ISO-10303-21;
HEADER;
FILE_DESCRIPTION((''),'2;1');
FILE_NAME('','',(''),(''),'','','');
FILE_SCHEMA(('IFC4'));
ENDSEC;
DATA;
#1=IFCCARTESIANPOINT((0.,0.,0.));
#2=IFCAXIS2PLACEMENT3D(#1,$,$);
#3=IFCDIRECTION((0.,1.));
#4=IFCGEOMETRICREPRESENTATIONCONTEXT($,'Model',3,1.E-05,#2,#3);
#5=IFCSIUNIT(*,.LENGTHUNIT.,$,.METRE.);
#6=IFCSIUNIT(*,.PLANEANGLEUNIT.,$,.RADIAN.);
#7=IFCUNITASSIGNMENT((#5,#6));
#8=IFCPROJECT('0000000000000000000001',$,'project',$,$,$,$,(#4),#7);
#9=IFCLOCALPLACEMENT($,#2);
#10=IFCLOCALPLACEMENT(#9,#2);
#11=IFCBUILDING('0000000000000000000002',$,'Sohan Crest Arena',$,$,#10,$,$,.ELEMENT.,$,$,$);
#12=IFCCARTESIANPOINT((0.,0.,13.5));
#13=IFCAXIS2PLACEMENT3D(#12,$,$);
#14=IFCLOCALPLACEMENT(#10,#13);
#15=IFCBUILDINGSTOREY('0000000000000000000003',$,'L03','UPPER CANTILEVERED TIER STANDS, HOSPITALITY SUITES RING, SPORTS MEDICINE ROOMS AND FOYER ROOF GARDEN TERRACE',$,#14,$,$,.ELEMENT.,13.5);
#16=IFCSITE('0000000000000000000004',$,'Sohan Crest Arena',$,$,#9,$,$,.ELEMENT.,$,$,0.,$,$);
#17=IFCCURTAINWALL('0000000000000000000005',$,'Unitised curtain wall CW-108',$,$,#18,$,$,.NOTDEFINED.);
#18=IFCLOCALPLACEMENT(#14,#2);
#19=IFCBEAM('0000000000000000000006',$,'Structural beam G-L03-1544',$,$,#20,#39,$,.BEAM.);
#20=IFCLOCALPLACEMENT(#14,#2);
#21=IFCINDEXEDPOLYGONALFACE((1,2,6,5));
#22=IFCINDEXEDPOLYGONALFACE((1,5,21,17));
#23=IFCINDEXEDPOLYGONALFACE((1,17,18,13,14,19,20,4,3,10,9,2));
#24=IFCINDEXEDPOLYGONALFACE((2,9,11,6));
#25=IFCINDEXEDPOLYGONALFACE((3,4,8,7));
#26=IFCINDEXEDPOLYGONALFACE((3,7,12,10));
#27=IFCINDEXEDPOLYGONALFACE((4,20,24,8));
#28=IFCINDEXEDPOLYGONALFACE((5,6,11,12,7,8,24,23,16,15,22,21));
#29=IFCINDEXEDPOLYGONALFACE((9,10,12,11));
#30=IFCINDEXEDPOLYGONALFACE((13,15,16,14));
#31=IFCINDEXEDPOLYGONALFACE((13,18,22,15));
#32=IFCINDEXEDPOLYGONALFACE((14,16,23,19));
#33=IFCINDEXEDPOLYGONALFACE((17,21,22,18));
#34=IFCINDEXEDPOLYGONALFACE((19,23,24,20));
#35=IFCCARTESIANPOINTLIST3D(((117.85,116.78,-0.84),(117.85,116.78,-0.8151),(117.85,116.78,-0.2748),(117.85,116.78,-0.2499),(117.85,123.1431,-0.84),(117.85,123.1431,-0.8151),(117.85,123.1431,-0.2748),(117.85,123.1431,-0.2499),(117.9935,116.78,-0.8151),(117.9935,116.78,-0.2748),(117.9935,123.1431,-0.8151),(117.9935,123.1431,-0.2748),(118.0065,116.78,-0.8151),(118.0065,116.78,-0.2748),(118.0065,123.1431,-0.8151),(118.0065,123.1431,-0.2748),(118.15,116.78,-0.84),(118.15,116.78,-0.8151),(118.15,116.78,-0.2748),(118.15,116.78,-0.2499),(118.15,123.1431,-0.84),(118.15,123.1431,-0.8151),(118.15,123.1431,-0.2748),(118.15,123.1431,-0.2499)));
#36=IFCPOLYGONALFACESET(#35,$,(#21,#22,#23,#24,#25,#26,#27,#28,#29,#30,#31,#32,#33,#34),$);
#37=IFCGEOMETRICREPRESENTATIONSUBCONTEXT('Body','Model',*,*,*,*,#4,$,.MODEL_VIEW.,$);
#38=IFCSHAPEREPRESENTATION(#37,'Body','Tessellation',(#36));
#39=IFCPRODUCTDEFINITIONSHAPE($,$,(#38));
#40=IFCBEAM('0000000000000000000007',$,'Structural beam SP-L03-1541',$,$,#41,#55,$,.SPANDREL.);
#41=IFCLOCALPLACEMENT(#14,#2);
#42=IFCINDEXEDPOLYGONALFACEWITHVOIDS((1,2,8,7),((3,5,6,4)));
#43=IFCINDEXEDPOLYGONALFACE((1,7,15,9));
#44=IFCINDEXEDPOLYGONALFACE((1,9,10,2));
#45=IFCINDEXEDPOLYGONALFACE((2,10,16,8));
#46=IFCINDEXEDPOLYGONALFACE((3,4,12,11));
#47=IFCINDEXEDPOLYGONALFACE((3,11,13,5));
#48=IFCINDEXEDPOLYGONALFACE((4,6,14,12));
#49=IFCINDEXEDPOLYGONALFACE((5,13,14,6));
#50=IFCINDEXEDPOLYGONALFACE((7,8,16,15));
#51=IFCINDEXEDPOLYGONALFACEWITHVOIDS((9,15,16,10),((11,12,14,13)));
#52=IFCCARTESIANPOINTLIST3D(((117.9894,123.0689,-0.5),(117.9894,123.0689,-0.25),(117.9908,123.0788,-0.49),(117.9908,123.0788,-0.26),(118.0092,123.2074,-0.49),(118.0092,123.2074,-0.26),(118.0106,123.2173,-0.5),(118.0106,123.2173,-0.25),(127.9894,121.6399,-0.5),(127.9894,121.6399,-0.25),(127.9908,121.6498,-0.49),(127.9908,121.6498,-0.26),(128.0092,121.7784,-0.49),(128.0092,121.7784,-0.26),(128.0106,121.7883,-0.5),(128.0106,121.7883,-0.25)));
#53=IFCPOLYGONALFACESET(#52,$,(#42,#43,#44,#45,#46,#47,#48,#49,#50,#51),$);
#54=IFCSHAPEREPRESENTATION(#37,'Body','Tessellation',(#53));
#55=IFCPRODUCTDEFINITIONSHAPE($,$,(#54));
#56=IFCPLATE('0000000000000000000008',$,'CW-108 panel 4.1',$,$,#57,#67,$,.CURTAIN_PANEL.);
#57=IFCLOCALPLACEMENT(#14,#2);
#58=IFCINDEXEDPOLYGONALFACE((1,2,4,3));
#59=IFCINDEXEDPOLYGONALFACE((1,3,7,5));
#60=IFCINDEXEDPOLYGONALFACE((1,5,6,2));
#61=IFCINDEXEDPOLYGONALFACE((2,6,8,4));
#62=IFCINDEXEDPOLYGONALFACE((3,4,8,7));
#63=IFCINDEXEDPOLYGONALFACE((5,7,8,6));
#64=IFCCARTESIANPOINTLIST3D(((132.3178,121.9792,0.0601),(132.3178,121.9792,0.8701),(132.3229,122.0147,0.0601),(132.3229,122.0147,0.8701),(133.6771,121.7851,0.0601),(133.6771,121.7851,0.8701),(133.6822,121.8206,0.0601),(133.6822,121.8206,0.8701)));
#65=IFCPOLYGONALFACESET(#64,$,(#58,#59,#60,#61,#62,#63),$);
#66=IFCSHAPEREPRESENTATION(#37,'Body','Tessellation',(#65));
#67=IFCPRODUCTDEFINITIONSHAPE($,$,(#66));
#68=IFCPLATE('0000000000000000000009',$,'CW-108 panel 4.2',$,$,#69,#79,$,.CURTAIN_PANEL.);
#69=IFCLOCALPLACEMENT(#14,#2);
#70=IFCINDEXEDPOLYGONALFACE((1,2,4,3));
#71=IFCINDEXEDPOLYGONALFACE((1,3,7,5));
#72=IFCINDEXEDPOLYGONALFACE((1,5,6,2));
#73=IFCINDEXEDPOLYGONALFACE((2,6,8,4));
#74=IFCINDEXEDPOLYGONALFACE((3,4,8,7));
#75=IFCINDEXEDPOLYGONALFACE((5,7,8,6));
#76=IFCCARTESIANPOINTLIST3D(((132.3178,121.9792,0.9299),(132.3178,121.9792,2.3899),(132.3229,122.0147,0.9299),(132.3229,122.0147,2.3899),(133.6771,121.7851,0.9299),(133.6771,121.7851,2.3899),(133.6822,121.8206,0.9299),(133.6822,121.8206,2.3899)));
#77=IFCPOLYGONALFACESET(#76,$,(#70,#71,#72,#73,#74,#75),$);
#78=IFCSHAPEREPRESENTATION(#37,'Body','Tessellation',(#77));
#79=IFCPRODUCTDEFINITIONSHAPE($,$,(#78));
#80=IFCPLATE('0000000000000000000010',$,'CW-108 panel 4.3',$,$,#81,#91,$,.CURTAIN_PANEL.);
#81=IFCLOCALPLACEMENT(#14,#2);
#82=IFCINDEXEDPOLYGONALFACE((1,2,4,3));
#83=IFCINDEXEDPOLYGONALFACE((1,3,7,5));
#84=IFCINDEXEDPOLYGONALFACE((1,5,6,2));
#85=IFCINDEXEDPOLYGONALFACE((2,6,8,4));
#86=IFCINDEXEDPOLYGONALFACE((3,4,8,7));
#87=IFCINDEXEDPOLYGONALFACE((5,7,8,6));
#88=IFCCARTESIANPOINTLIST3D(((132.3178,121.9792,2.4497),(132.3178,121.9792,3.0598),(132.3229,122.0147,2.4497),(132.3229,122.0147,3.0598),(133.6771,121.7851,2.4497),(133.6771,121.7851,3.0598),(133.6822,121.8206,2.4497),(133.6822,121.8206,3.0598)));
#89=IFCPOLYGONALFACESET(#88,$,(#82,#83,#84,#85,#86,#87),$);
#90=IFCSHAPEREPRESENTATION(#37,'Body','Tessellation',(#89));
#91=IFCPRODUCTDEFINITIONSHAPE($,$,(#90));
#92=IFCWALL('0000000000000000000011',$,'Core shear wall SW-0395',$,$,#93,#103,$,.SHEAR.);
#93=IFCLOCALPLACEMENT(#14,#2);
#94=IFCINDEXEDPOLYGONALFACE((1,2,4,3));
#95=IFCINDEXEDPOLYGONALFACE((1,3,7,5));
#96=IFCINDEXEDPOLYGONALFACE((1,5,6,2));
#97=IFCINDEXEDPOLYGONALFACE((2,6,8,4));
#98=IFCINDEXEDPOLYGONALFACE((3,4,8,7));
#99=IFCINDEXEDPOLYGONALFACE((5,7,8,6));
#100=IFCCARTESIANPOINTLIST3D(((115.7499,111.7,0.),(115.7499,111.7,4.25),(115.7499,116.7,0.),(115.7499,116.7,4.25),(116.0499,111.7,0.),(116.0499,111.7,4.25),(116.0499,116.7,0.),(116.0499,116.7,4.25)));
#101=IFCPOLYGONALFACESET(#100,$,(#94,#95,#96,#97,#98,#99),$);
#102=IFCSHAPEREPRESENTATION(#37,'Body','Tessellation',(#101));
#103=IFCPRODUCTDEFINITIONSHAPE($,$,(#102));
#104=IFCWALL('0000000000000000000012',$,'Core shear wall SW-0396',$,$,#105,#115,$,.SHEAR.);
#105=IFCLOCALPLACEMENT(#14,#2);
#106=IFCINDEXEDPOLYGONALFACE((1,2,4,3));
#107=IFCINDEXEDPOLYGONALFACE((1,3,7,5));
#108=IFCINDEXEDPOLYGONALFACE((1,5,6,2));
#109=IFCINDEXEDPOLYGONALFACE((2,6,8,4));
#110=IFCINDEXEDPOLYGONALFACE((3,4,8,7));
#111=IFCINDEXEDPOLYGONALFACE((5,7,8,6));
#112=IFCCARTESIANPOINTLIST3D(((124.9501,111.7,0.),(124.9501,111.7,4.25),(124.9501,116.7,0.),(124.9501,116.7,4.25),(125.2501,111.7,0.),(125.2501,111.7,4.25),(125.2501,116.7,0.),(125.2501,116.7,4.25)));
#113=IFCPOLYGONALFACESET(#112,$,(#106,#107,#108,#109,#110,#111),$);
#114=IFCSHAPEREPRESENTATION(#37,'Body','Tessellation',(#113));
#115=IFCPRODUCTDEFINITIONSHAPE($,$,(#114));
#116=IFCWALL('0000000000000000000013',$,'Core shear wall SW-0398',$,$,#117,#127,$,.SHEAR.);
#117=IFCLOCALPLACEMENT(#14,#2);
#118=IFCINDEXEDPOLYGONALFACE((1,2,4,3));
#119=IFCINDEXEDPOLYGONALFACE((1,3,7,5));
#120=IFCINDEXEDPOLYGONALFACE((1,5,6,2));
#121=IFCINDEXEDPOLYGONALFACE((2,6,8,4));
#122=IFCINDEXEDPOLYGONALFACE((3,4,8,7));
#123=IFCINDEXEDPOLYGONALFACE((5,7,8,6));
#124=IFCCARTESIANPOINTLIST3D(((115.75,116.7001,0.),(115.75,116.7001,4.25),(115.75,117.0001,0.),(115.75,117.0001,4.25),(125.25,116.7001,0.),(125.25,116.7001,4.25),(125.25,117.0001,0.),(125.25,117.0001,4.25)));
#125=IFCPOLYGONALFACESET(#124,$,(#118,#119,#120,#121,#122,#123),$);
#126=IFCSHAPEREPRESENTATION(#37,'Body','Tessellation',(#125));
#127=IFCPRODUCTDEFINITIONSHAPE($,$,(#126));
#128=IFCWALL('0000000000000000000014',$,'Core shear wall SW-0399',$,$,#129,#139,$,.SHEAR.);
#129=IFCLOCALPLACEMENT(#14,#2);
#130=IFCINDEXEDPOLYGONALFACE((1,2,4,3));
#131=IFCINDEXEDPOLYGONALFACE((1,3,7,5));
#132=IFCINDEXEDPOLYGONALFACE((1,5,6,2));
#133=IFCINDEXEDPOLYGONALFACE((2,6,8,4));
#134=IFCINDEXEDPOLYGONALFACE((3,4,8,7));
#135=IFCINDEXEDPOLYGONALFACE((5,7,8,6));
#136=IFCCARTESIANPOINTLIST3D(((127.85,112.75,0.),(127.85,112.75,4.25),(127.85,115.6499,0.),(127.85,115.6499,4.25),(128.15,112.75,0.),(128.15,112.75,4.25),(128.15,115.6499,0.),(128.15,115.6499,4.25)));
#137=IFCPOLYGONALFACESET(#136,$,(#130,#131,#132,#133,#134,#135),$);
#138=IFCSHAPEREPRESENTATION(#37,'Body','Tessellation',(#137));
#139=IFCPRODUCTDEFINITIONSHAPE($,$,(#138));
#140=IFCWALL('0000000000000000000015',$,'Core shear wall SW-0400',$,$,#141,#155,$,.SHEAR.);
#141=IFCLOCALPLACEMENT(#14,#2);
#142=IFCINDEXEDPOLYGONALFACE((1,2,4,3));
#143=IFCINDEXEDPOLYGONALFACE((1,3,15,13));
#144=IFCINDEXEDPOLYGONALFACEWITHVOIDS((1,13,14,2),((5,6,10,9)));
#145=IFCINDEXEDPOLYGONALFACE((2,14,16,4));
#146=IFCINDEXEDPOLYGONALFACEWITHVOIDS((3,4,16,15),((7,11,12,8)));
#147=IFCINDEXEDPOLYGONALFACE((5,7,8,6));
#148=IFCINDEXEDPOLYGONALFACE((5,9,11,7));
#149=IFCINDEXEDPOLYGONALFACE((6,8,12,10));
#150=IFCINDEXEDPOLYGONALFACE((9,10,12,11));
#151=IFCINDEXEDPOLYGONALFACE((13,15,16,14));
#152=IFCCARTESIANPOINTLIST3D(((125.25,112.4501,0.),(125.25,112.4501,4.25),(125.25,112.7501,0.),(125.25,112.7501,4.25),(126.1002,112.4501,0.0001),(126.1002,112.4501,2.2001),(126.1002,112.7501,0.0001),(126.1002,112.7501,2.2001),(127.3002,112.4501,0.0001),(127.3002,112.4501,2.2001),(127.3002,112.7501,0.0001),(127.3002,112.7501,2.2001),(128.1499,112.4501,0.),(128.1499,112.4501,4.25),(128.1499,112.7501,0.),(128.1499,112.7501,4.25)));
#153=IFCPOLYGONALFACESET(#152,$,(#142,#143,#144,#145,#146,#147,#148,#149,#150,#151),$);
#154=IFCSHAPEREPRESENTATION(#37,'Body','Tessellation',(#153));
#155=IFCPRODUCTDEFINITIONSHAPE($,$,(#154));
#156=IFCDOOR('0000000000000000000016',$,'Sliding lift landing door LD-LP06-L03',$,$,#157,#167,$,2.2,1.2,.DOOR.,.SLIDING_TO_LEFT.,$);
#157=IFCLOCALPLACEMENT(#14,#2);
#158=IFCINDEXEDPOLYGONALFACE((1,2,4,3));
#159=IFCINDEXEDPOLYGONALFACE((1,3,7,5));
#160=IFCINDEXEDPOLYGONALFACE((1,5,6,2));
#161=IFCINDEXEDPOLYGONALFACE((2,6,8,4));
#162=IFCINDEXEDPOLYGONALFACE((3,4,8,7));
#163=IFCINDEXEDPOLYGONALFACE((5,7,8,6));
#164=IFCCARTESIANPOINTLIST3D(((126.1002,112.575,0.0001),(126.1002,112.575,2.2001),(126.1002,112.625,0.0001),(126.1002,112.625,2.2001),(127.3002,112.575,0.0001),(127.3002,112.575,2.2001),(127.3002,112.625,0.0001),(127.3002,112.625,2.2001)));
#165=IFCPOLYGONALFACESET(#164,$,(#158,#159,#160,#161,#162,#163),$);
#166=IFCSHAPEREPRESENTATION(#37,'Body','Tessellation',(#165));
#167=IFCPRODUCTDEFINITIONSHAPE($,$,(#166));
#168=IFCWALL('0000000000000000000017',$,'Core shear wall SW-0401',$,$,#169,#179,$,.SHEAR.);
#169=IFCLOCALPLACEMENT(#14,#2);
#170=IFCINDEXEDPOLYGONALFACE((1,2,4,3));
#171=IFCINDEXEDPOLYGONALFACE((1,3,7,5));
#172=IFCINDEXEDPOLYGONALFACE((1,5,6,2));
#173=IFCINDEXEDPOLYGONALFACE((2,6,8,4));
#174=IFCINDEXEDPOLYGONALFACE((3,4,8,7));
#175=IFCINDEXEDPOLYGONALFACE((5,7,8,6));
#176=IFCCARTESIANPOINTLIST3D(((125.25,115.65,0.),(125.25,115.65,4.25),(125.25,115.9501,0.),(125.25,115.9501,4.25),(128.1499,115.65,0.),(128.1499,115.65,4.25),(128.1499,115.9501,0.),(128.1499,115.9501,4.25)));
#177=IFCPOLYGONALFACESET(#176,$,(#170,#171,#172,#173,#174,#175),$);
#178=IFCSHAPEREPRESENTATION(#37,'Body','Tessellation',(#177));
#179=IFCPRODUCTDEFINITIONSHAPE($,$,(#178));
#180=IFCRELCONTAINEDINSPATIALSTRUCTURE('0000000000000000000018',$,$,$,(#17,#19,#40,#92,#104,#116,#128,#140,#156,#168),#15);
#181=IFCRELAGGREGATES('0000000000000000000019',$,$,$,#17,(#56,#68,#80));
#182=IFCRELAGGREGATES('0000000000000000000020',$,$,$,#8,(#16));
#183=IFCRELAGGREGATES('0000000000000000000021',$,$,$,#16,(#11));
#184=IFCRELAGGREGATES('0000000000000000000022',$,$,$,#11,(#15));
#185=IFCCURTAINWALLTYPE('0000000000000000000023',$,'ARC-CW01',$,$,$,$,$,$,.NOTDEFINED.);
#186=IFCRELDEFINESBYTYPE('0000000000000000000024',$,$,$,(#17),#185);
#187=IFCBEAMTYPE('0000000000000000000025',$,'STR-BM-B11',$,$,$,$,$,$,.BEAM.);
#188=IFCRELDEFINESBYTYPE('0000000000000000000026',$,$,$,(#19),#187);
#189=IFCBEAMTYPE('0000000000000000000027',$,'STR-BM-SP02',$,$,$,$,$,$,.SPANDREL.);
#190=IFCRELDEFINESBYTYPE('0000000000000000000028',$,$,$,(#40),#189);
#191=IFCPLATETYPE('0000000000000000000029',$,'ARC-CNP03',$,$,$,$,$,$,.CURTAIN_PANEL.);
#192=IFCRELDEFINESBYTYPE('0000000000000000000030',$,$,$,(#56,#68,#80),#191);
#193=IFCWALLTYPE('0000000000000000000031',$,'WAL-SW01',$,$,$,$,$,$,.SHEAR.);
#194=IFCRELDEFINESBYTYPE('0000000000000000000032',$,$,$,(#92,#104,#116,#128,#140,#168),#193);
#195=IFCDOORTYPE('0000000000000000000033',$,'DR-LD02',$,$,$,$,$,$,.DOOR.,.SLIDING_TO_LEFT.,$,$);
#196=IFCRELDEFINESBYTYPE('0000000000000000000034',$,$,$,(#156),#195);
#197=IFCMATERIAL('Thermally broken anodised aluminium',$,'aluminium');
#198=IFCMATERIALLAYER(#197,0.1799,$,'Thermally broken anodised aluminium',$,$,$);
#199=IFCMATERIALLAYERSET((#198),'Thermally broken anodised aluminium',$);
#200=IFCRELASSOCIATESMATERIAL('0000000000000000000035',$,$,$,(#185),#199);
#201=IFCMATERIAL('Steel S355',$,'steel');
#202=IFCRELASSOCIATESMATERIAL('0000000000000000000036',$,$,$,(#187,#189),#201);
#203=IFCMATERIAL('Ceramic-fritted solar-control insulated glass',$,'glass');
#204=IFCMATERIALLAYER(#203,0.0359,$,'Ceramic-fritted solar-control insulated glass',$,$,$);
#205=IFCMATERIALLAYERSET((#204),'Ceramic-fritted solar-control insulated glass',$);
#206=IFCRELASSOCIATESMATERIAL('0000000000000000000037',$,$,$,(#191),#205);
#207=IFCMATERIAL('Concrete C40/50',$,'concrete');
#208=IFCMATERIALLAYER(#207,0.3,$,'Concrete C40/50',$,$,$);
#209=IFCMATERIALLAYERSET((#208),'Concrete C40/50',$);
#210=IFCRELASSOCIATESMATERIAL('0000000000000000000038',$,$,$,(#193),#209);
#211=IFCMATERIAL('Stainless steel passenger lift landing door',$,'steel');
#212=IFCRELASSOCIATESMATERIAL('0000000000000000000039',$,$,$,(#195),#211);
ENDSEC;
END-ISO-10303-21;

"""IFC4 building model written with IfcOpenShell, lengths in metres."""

from ifc_helpers import new_model, si_unit, direction, frame, frame_2d, origin, origin_2d, place, context, subcontext, project, spatial, rectangle, hollow_rectangle, i_section, extrude, material, layer, layer_set, material_profile, profile_set, type_object, element, fill, aggregate, save


model = new_model("IFC4")

# Units and contexts
model_context = context("Model", 3, precision=1e-05, world=origin(), true_north=direction((0.0, 1.0)))
body_context = subcontext(model_context, "Body", "Model", "MODEL_VIEW")
ifc_project = project(units=[si_unit("LENGTHUNIT", "METRE"), si_unit("PLANEANGLEUNIT", "RADIAN")], contexts=[model_context])

# Site, building, storey
site_placement = place(None, origin())
site = spatial("IfcSite", under=ifc_project, at=site_placement, Name="Sohan Crest Arena", CompositionType="ELEMENT", RefElevation=0.0)
building_placement = place(site_placement, origin())
building = spatial("IfcBuilding", under=site, at=building_placement, Name="Sohan Crest Arena", CompositionType="ELEMENT")
storey_placement = place(building_placement, frame((0.0, 0.0, 13.5)))
storey = spatial("IfcBuildingStorey", under=building, at=storey_placement, Name="L03", Description="UPPER CANTILEVERED TIER STANDS, HOSPITALITY SUITES RING, SPORTS MEDICINE ROOMS AND FOYER ROOF GARDEN TERRACE", CompositionType="ELEMENT", Elevation=13.5)

# Shared definitions
ifc_material_1 = material(Name="Steel S355", Category="steel")

# Curtain wall
ifc_material_2 = material(Name="Thermally broken anodised aluminium", Category="aluminium")
ifc_layer_1 = layer(ifc_material_2, 0.1799, Name="Thermally broken anodised aluminium")
ifc_layer_set_1 = layer_set([ifc_layer_1], Name="Thermally broken anodised aluminium")
curtain_wall_type = type_object("IfcCurtainWallType", Name="ARC-CW01", PredefinedType="NOTDEFINED", material=ifc_layer_set_1)
curtain_wall_placement = place(storey_placement, origin())
curtain_wall = element("IfcCurtainWall", 1, at=curtain_wall_placement, inside=storey, type_object=curtain_wall_type, Name="Unitised curtain wall CW-108", PredefinedType="NOTDEFINED")

# Beams
ifc_material_profile_1 = material_profile(ifc_material_1, i_section(OverallWidth=0.3, OverallDepth=0.5901, WebThickness=0.0129, FlangeThickness=0.0249, at=origin_2d()), Name="HEA 600")
ifc_profile_set_1 = profile_set([ifc_material_profile_1], Name="Steel S355")
beam_type_1 = type_object("IfcBeamType", Name="STR-BM-B11", PredefinedType="BEAM", material=ifc_profile_set_1)
beam_1_placement = place(storey_placement, frame((118.0, 116.78, -0.5449), z_axis=(0.0, 1.0, 0.0), x_axis=(-1.0, 0.0, 0.0)))
element("IfcBeam", 2, at=beam_1_placement, inside=storey, type_object=beam_type_1, Name="Structural beam G-L03-1544", PredefinedType="BEAM", context=body_context, shape_type="SweptSolid", body=[
    extrude(i_section(OverallWidth=0.3, OverallDepth=0.5901, WebThickness=0.0129, FlangeThickness=0.0249, at=origin_2d()), origin(), (0.0, 0.0, 1.0), 6.363),
])
ifc_material_profile_2 = material_profile(ifc_material_1, hollow_rectangle(XDim=0.1499, YDim=0.25, WallThickness=0.01, at=origin_2d()), Name="RHS 250x150x10")
ifc_profile_set_2 = profile_set([ifc_material_profile_2], Name="Steel S355")
beam_type_2 = type_object("IfcBeamType", Name="STR-BM-SP02", PredefinedType="SPANDREL", material=ifc_profile_set_2)
beam_2_placement = place(storey_placement, frame((128.0, 121.7141, -0.375), z_axis=(-0.989944, 0.141459, 0.0), x_axis=(-0.141459, -0.989944, 0.0)))
element("IfcBeam", 3, at=beam_2_placement, inside=storey, type_object=beam_type_2, Name="Structural beam SP-L03-1541", PredefinedType="SPANDREL", context=body_context, shape_type="SweptSolid", body=[
    extrude(hollow_rectangle(XDim=0.1499, YDim=0.25, WallThickness=0.01, at=origin_2d()), origin(), (0.0, 0.0, 1.0), 10.1016),
])

# Plates
ifc_material_3 = material(Name="Ceramic-fritted solar-control insulated glass", Category="glass")
ifc_layer_2 = layer(ifc_material_3, 0.0359, Name="Ceramic-fritted solar-control insulated glass")
ifc_layer_set_2 = layer_set([ifc_layer_2], Name="Ceramic-fritted solar-control insulated glass")
plate_type = type_object("IfcPlateType", Name="ARC-CNP03", PredefinedType="CURTAIN_PANEL", material=ifc_layer_set_2)
plate_1_placement = place(storey_placement, frame((133.0, 121.8999, 0.0601), z_axis=(0.0, 0.0, 1.0), x_axis=(-0.989957, 0.141366, 0.0)))
plate_1 = element("IfcPlate", 4, at=plate_1_placement, type_object=plate_type, Name="CW-108 panel 4.1", PredefinedType="CURTAIN_PANEL", context=body_context, shape_type="SweptSolid", body=[
    extrude(rectangle(XDim=1.373, YDim=0.0359, at=origin_2d()), origin(), (0.0, 0.0, 1.0), 0.8101),
])
plate_2_placement = place(storey_placement, frame((133.0, 121.8999, 0.9299), z_axis=(0.0, 0.0, 1.0), x_axis=(-0.989957, 0.141366, 0.0)))
plate_2 = element("IfcPlate", 5, at=plate_2_placement, type_object=plate_type, Name="CW-108 panel 4.2", PredefinedType="CURTAIN_PANEL", context=body_context, shape_type="SweptSolid", body=[
    extrude(rectangle(XDim=1.373, YDim=0.0359, at=origin_2d()), origin(), (0.0, 0.0, 1.0), 1.46),
])
plate_3_placement = place(storey_placement, frame((133.0, 121.8999, 2.4497), z_axis=(0.0, 0.0, 1.0), x_axis=(-0.989957, 0.141366, 0.0)))
plate_3 = element("IfcPlate", 6, at=plate_3_placement, type_object=plate_type, Name="CW-108 panel 4.3", PredefinedType="CURTAIN_PANEL", context=body_context, shape_type="SweptSolid", body=[
    extrude(rectangle(XDim=1.373, YDim=0.0359, at=origin_2d()), origin(), (0.0, 0.0, 1.0), 0.6101),
])
aggregate(curtain_wall, [plate_1, plate_2, plate_3])

# Walls
ifc_material_4 = material(Name="Concrete C40/50", Category="concrete")
ifc_layer_3 = layer(ifc_material_4, 0.3, Name="Concrete C40/50")
ifc_layer_set_3 = layer_set([ifc_layer_3], Name="Concrete C40/50")
wall_type_1 = type_object("IfcWallType", Name="WAL-SW01", PredefinedType="SHEAR", material=ifc_layer_set_3)
for number, where, z_axis, x_axis, name in (
    (7, (115.8999, 111.7, 0.0), (0.0, 0.0, 1.0), (0.0, 1.0, 0.0), "Core shear wall SW-0395"),
    (8, (125.1001, 111.7, 0.0), (0.0, 0.0, 1.0), (0.0, 1.0, 0.0), "Core shear wall SW-0396"),
):
    element("IfcWall", number, at=place(storey_placement, frame(where, z_axis=z_axis, x_axis=x_axis)), inside=storey, type_object=wall_type_1, Name=name, PredefinedType="SHEAR", context=body_context, shape_type="SweptSolid", body=[
        extrude(rectangle(XDim=5.0, YDim=0.3, at=frame_2d((2.5, 0.0))), origin(), (0.0, 0.0, 1.0), 4.25),
    ])
wall_1_placement = place(storey_placement, frame((115.75, 116.8501, 0.0), z_axis=(0.0, 0.0, 1.0), x_axis=(1.0, 0.0, 0.0)))
element("IfcWall", 9, at=wall_1_placement, inside=storey, type_object=wall_type_1, Name="Core shear wall SW-0398", PredefinedType="SHEAR", context=body_context, shape_type="SweptSolid", body=[
    extrude(rectangle(XDim=9.5, YDim=0.3, at=frame_2d((4.75, 0.0))), origin(), (0.0, 0.0, 1.0), 4.25),
])
wall_2_placement = place(storey_placement, frame((128.0, 112.75, 0.0), z_axis=(0.0, 0.0, 1.0), x_axis=(0.0, 1.0, 0.0)))
element("IfcWall", 10, at=wall_2_placement, inside=storey, type_object=wall_type_1, Name="Core shear wall SW-0399", PredefinedType="SHEAR", context=body_context, shape_type="SweptSolid", body=[
    extrude(rectangle(XDim=2.8999, YDim=0.3, at=frame_2d((1.45, 0.0))), origin(), (0.0, 0.0, 1.0), 4.25),
])

# Wall, opening, door
wall_3_placement = place(storey_placement, frame((125.25, 112.6001, 0.0), z_axis=(0.0, 0.0, 1.0), x_axis=(1.0, 0.0, 0.0)))
wall_3 = element("IfcWall", 11, at=wall_3_placement, inside=storey, type_object=wall_type_1, Name="Core shear wall SW-0400", PredefinedType="SHEAR", context=body_context, shape_type="SweptSolid", body=[
    extrude(rectangle(XDim=2.8999, YDim=0.3, at=frame_2d((1.45, 0.0))), origin(), (0.0, 0.0, 1.0), 4.25),
])
opening_placement = place(wall_3_placement, frame((0.8501, 0.0, 0.0)))
opening = element("IfcOpeningElement", 12, at=opening_placement, cuts=wall_3, PredefinedType="OPENING", context=body_context, shape_type="SweptSolid", body=[
    extrude(rectangle(XDim=1.2, YDim=2.2, at=frame_2d((0.6001, 1.1001))), frame((0.0, 0.1599, 0.0), z_axis=(0.0, -1.0, 0.0), x_axis=(1.0, 0.0, 0.0)), (0.0, 0.0, 1.0), 0.3201),
])
ifc_material_5 = material(Name="Stainless steel passenger lift landing door", Category="steel")
door_type = type_object("IfcDoorType", Name="DR-LD02", OperationType="SLIDING_TO_LEFT", PredefinedType="DOOR", material=ifc_material_5)
door_placement = place(opening_placement, origin())
door = element("IfcDoor", 13, at=door_placement, inside=storey, type_object=door_type, Name="Sliding lift landing door LD-LP06-L03", OperationType="SLIDING_TO_LEFT", OverallHeight=2.2, OverallWidth=1.2, PredefinedType="DOOR", context=body_context, shape_type="SweptSolid", body=[
    extrude(rectangle(XDim=1.2, YDim=2.2, at=frame_2d((0.6001, 1.1001))), frame((0.0, 0.0249, 0.0), z_axis=(0.0, -1.0, 0.0), x_axis=(1.0, 0.0, 0.0)), (0.0, 0.0, 1.0), 0.05),
])
fill(opening, door)

# Wall
wall_4_placement = place(storey_placement, frame((125.25, 115.8, 0.0), z_axis=(0.0, 0.0, 1.0), x_axis=(1.0, 0.0, 0.0)))
element("IfcWall", 14, at=wall_4_placement, inside=storey, type_object=wall_type_1, Name="Core shear wall SW-0401", PredefinedType="SHEAR", context=body_context, shape_type="SweptSolid", body=[
    extrude(rectangle(XDim=2.8999, YDim=0.3, at=frame_2d((1.45, 0.0))), origin(), (0.0, 0.0, 1.0), 4.25),
])

save(model, "model.ifc")
